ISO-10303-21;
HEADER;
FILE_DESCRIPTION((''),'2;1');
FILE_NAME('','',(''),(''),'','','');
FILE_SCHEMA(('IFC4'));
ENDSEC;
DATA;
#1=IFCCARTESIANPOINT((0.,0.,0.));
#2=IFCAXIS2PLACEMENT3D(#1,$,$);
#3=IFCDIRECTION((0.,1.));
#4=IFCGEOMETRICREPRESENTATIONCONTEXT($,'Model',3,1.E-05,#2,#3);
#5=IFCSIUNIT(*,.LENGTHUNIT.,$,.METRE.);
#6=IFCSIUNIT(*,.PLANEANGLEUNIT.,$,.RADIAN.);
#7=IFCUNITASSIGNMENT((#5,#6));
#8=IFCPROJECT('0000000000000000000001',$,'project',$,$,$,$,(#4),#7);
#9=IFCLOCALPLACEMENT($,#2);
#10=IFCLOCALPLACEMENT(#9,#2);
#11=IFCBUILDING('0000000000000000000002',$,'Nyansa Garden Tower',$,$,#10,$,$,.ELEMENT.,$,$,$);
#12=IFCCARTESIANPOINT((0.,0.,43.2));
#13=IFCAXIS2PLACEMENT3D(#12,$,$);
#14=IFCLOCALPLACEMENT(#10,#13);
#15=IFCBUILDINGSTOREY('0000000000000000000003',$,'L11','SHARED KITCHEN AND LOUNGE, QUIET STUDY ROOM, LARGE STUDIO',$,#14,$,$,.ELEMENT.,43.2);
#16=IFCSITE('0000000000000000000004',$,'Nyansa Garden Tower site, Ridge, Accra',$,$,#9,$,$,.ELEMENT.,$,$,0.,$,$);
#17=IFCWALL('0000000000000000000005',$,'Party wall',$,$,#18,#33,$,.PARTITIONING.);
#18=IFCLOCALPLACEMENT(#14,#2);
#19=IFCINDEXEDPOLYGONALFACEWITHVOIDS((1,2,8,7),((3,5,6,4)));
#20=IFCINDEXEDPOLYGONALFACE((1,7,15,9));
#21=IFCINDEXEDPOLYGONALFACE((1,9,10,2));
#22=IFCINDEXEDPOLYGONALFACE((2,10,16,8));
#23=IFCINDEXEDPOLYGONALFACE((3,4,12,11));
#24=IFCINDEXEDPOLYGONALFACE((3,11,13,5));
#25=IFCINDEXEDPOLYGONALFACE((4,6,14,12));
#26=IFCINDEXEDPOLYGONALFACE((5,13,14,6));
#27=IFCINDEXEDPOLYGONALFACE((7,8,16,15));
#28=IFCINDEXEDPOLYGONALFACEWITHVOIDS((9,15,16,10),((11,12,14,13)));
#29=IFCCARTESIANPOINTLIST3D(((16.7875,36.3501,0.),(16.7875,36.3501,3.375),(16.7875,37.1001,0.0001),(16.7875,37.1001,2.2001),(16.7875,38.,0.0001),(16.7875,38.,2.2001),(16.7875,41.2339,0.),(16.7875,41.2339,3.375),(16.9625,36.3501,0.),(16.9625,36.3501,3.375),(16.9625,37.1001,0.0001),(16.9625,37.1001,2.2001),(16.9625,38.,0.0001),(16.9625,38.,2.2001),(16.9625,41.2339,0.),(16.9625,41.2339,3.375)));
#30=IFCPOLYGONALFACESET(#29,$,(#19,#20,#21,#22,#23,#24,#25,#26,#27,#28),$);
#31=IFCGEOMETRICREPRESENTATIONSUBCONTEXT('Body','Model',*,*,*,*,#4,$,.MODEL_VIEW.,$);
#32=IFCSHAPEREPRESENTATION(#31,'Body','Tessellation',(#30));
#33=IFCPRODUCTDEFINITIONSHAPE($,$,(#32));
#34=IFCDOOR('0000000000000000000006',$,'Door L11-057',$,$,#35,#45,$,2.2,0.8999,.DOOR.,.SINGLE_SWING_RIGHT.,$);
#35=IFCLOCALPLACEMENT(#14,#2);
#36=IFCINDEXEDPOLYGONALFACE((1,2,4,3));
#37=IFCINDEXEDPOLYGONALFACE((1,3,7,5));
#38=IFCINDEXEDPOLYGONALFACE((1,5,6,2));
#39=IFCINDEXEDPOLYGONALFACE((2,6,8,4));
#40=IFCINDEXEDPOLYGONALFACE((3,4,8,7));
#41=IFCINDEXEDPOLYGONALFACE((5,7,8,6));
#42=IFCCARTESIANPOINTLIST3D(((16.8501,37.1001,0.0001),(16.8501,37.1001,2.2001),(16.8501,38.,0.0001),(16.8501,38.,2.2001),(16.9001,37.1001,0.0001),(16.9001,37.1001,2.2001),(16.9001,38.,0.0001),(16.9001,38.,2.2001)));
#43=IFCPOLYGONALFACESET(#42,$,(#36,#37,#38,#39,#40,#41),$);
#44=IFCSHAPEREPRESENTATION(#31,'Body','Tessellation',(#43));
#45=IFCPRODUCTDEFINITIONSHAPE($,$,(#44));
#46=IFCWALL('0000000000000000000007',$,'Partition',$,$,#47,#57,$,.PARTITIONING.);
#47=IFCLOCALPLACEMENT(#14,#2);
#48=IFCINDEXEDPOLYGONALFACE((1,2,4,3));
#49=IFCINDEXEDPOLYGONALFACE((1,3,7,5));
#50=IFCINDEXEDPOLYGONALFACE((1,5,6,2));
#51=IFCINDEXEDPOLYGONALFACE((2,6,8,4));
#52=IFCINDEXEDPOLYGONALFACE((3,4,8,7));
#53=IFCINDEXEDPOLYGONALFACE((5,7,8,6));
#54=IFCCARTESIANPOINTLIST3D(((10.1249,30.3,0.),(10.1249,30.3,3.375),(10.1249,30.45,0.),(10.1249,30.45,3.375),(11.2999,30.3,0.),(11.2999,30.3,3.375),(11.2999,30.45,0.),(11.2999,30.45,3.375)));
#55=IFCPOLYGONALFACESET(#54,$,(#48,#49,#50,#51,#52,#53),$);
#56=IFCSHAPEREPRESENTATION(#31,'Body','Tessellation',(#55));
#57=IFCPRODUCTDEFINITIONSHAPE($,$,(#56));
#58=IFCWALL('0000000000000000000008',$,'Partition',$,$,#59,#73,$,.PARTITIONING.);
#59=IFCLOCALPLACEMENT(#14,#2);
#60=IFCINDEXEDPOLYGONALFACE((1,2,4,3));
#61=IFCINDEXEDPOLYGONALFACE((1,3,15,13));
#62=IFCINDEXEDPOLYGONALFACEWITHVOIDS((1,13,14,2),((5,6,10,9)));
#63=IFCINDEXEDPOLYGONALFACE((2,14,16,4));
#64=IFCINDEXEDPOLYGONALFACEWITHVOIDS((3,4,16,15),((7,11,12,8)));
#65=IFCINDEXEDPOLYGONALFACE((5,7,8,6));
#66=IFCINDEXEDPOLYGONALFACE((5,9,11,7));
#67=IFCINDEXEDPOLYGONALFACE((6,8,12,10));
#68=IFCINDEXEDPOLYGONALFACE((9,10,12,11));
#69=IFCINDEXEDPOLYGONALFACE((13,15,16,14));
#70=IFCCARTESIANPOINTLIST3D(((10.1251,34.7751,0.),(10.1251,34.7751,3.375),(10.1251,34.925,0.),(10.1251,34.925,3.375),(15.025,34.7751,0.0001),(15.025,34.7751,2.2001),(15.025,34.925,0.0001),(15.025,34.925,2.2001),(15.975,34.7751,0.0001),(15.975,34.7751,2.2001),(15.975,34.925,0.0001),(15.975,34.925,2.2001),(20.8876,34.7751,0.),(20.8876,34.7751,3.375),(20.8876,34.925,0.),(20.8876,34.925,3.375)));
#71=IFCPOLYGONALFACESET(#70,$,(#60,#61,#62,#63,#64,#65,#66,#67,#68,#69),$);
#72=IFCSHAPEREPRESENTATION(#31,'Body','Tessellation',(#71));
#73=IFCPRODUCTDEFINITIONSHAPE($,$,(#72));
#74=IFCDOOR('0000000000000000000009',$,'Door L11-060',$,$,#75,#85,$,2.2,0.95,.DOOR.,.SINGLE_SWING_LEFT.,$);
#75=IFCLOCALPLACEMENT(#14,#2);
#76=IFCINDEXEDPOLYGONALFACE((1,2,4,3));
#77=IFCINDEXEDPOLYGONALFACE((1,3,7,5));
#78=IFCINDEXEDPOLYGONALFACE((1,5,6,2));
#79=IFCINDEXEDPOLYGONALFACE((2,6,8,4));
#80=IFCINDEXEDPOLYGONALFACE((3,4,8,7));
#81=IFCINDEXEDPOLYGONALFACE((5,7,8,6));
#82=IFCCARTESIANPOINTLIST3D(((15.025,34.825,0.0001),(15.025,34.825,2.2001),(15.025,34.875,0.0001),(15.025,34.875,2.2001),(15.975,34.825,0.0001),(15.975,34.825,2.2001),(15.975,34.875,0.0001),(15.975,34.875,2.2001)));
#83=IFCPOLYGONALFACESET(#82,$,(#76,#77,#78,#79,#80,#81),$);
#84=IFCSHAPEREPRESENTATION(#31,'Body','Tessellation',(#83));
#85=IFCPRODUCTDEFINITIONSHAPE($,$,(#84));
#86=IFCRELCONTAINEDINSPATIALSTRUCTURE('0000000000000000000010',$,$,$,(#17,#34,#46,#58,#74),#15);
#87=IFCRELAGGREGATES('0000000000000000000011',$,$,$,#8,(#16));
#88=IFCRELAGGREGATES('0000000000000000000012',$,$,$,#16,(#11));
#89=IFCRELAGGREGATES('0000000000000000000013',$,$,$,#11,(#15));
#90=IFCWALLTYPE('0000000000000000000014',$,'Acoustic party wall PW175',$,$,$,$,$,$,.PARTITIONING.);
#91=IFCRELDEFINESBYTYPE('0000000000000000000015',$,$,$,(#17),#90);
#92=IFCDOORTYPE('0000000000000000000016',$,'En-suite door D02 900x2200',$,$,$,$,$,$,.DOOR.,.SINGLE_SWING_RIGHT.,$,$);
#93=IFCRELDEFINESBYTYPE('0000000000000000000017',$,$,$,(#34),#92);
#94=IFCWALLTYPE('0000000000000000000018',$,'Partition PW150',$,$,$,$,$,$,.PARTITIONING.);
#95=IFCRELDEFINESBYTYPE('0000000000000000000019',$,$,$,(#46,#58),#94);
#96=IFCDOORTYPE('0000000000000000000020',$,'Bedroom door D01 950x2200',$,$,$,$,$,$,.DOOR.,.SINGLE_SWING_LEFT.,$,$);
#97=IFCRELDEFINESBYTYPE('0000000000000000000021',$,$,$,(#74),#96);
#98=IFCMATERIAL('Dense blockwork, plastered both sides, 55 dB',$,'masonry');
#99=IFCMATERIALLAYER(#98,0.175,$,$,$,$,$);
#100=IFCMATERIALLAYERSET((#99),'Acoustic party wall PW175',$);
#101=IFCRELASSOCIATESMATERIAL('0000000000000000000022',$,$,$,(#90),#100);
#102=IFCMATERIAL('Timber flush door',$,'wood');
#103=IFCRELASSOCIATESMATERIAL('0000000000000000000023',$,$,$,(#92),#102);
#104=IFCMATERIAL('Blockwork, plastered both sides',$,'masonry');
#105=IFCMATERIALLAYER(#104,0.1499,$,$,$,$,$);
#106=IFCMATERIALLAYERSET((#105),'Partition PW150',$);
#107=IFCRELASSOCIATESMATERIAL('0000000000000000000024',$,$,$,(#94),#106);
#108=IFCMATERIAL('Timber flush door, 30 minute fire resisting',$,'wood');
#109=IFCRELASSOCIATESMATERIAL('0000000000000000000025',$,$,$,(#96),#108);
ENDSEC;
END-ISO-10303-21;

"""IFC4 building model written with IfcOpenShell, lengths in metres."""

from ifc_helpers import new_model, si_unit, direction, frame, frame_2d, origin, place, context, subcontext, project, spatial, rectangle, extrude, material, layer, layer_set, type_object, element, fill, save


model = new_model("IFC4")

# Units and contexts
model_context = context("Model", 3, precision=1e-05, world=origin(), true_north=direction((0.0, 1.0)))
body_context = subcontext(model_context, "Body", "Model", "MODEL_VIEW")
ifc_project = project(units=[si_unit("LENGTHUNIT", "METRE"), si_unit("PLANEANGLEUNIT", "RADIAN")], contexts=[model_context])

# Site, building, storey
site_placement = place(None, origin())
site = spatial("IfcSite", under=ifc_project, at=site_placement, Name="Nyansa Garden Tower site, Ridge, Accra", CompositionType="ELEMENT", RefElevation=0.0)
building_placement = place(site_placement, origin())
building = spatial("IfcBuilding", under=site, at=building_placement, Name="Nyansa Garden Tower", CompositionType="ELEMENT")
storey_placement = place(building_placement, frame((0.0, 0.0, 43.2)))
storey = spatial("IfcBuildingStorey", under=building, at=storey_placement, Name="L11", Description="SHARED KITCHEN AND LOUNGE, QUIET STUDY ROOM, LARGE STUDIO", CompositionType="ELEMENT", Elevation=43.2)

# Wall, opening, door
ifc_material_1 = material(Name="Dense blockwork, plastered both sides, 55 dB", Category="masonry")
ifc_layer_1 = layer(ifc_material_1, 0.175)
ifc_layer_set_1 = layer_set([ifc_layer_1], Name="Acoustic party wall PW175")
wall_type_1 = type_object("IfcWallType", Name="Acoustic party wall PW175", PredefinedType="PARTITIONING", material=ifc_layer_set_1)
wall_1_placement = place(storey_placement, frame((16.875, 36.3501, 0.0), z_axis=(0.0, 0.0, 1.0), x_axis=(0.0, 1.0, 0.0)))
wall_1 = element("IfcWall", 1, at=wall_1_placement, inside=storey, type_object=wall_type_1, Name="Party wall", PredefinedType="PARTITIONING", context=body_context, shape_type="SweptSolid", body=[
    extrude(rectangle(XDim=4.8838, YDim=0.175, at=frame_2d((2.4419, 0.0))), origin(), (0.0, 0.0, 1.0), 3.375),
])
opening_1_placement = place(wall_1_placement, frame((0.75, 0.0, 0.0)))
opening_1 = element("IfcOpeningElement", 2, at=opening_1_placement, cuts=wall_1, PredefinedType="OPENING", context=body_context, shape_type="SweptSolid", body=[
    extrude(rectangle(XDim=0.8999, YDim=2.2, at=frame_2d((0.45, 1.1001))), frame((0.0, 0.0974, 0.0), z_axis=(0.0, -1.0, 0.0), x_axis=(1.0, 0.0, 0.0)), (0.0, 0.0, 1.0), 0.1951),
])
ifc_material_2 = material(Name="Timber flush door", Category="wood")
door_type_1 = type_object("IfcDoorType", Name="En-suite door D02 900x2200", OperationType="SINGLE_SWING_RIGHT", PredefinedType="DOOR", material=ifc_material_2)
door_1_placement = place(opening_1_placement, origin())
door_1 = element("IfcDoor", 3, at=door_1_placement, inside=storey, type_object=door_type_1, Name="Door L11-057", OperationType="SINGLE_SWING_RIGHT", OverallHeight=2.2, OverallWidth=0.8999, PredefinedType="DOOR", context=body_context, shape_type="SweptSolid", body=[
    extrude(rectangle(XDim=0.8999, YDim=2.2, at=frame_2d((0.45, 1.1001))), frame((0.0, 0.0249, 0.0), z_axis=(0.0, -1.0, 0.0), x_axis=(1.0, 0.0, 0.0)), (0.0, 0.0, 1.0), 0.05),
])
fill(opening_1, door_1)

# Wall
ifc_material_3 = material(Name="Blockwork, plastered both sides", Category="masonry")
ifc_layer_2 = layer(ifc_material_3, 0.1499)
ifc_layer_set_2 = layer_set([ifc_layer_2], Name="Partition PW150")
wall_type_2 = type_object("IfcWallType", Name="Partition PW150", PredefinedType="PARTITIONING", material=ifc_layer_set_2)
wall_2_placement = place(storey_placement, frame((10.125, 30.375, 0.0), z_axis=(0.0, 0.0, 1.0), x_axis=(1.0, 0.0, 0.0)))
element("IfcWall", 4, at=wall_2_placement, inside=storey, type_object=wall_type_2, Name="Partition", PredefinedType="PARTITIONING", context=body_context, shape_type="SweptSolid", body=[
    extrude(rectangle(XDim=1.175, YDim=0.1499, at=frame_2d((0.5874, 0.0))), origin(), (0.0, 0.0, 1.0), 3.375),
])

# Wall, opening, door
wall_3_placement = place(storey_placement, frame((10.125, 34.8501, 0.0), z_axis=(0.0, 0.0, 1.0), x_axis=(1.0, 0.0, 0.0)))
wall_3 = element("IfcWall", 5, at=wall_3_placement, inside=storey, type_object=wall_type_2, Name="Partition", PredefinedType="PARTITIONING", context=body_context, shape_type="SweptSolid", body=[
    extrude(rectangle(XDim=10.7625, YDim=0.1499, at=frame_2d((5.3813, 0.0))), origin(), (0.0, 0.0, 1.0), 3.375),
])
opening_2_placement = place(wall_3_placement, frame((4.8999, 0.0, 0.0)))
opening_2 = element("IfcOpeningElement", 6, at=opening_2_placement, cuts=wall_3, PredefinedType="OPENING", context=body_context, shape_type="SweptSolid", body=[
    extrude(rectangle(XDim=0.95, YDim=2.2, at=frame_2d((0.4751, 1.1001))), frame((0.0, 0.085, 0.0), z_axis=(0.0, -1.0, 0.0), x_axis=(1.0, 0.0, 0.0)), (0.0, 0.0, 1.0), 0.1699),
])
ifc_material_4 = material(Name="Timber flush door, 30 minute fire resisting", Category="wood")
door_type_2 = type_object("IfcDoorType", Name="Bedroom door D01 950x2200", OperationType="SINGLE_SWING_LEFT", PredefinedType="DOOR", material=ifc_material_4)
door_2_placement = place(opening_2_placement, origin())
door_2 = element("IfcDoor", 7, at=door_2_placement, inside=storey, type_object=door_type_2, Name="Door L11-060", OperationType="SINGLE_SWING_LEFT", OverallHeight=2.2, OverallWidth=0.95, PredefinedType="DOOR", context=body_context, shape_type="SweptSolid", body=[
    extrude(rectangle(XDim=0.95, YDim=2.2, at=frame_2d((0.4751, 1.1001))), frame((0.0, 0.0249, 0.0), z_axis=(0.0, -1.0, 0.0), x_axis=(1.0, 0.0, 0.0)), (0.0, 0.0, 1.0), 0.05),
])
fill(opening_2, door_2)

save(model, "model.ifc")
